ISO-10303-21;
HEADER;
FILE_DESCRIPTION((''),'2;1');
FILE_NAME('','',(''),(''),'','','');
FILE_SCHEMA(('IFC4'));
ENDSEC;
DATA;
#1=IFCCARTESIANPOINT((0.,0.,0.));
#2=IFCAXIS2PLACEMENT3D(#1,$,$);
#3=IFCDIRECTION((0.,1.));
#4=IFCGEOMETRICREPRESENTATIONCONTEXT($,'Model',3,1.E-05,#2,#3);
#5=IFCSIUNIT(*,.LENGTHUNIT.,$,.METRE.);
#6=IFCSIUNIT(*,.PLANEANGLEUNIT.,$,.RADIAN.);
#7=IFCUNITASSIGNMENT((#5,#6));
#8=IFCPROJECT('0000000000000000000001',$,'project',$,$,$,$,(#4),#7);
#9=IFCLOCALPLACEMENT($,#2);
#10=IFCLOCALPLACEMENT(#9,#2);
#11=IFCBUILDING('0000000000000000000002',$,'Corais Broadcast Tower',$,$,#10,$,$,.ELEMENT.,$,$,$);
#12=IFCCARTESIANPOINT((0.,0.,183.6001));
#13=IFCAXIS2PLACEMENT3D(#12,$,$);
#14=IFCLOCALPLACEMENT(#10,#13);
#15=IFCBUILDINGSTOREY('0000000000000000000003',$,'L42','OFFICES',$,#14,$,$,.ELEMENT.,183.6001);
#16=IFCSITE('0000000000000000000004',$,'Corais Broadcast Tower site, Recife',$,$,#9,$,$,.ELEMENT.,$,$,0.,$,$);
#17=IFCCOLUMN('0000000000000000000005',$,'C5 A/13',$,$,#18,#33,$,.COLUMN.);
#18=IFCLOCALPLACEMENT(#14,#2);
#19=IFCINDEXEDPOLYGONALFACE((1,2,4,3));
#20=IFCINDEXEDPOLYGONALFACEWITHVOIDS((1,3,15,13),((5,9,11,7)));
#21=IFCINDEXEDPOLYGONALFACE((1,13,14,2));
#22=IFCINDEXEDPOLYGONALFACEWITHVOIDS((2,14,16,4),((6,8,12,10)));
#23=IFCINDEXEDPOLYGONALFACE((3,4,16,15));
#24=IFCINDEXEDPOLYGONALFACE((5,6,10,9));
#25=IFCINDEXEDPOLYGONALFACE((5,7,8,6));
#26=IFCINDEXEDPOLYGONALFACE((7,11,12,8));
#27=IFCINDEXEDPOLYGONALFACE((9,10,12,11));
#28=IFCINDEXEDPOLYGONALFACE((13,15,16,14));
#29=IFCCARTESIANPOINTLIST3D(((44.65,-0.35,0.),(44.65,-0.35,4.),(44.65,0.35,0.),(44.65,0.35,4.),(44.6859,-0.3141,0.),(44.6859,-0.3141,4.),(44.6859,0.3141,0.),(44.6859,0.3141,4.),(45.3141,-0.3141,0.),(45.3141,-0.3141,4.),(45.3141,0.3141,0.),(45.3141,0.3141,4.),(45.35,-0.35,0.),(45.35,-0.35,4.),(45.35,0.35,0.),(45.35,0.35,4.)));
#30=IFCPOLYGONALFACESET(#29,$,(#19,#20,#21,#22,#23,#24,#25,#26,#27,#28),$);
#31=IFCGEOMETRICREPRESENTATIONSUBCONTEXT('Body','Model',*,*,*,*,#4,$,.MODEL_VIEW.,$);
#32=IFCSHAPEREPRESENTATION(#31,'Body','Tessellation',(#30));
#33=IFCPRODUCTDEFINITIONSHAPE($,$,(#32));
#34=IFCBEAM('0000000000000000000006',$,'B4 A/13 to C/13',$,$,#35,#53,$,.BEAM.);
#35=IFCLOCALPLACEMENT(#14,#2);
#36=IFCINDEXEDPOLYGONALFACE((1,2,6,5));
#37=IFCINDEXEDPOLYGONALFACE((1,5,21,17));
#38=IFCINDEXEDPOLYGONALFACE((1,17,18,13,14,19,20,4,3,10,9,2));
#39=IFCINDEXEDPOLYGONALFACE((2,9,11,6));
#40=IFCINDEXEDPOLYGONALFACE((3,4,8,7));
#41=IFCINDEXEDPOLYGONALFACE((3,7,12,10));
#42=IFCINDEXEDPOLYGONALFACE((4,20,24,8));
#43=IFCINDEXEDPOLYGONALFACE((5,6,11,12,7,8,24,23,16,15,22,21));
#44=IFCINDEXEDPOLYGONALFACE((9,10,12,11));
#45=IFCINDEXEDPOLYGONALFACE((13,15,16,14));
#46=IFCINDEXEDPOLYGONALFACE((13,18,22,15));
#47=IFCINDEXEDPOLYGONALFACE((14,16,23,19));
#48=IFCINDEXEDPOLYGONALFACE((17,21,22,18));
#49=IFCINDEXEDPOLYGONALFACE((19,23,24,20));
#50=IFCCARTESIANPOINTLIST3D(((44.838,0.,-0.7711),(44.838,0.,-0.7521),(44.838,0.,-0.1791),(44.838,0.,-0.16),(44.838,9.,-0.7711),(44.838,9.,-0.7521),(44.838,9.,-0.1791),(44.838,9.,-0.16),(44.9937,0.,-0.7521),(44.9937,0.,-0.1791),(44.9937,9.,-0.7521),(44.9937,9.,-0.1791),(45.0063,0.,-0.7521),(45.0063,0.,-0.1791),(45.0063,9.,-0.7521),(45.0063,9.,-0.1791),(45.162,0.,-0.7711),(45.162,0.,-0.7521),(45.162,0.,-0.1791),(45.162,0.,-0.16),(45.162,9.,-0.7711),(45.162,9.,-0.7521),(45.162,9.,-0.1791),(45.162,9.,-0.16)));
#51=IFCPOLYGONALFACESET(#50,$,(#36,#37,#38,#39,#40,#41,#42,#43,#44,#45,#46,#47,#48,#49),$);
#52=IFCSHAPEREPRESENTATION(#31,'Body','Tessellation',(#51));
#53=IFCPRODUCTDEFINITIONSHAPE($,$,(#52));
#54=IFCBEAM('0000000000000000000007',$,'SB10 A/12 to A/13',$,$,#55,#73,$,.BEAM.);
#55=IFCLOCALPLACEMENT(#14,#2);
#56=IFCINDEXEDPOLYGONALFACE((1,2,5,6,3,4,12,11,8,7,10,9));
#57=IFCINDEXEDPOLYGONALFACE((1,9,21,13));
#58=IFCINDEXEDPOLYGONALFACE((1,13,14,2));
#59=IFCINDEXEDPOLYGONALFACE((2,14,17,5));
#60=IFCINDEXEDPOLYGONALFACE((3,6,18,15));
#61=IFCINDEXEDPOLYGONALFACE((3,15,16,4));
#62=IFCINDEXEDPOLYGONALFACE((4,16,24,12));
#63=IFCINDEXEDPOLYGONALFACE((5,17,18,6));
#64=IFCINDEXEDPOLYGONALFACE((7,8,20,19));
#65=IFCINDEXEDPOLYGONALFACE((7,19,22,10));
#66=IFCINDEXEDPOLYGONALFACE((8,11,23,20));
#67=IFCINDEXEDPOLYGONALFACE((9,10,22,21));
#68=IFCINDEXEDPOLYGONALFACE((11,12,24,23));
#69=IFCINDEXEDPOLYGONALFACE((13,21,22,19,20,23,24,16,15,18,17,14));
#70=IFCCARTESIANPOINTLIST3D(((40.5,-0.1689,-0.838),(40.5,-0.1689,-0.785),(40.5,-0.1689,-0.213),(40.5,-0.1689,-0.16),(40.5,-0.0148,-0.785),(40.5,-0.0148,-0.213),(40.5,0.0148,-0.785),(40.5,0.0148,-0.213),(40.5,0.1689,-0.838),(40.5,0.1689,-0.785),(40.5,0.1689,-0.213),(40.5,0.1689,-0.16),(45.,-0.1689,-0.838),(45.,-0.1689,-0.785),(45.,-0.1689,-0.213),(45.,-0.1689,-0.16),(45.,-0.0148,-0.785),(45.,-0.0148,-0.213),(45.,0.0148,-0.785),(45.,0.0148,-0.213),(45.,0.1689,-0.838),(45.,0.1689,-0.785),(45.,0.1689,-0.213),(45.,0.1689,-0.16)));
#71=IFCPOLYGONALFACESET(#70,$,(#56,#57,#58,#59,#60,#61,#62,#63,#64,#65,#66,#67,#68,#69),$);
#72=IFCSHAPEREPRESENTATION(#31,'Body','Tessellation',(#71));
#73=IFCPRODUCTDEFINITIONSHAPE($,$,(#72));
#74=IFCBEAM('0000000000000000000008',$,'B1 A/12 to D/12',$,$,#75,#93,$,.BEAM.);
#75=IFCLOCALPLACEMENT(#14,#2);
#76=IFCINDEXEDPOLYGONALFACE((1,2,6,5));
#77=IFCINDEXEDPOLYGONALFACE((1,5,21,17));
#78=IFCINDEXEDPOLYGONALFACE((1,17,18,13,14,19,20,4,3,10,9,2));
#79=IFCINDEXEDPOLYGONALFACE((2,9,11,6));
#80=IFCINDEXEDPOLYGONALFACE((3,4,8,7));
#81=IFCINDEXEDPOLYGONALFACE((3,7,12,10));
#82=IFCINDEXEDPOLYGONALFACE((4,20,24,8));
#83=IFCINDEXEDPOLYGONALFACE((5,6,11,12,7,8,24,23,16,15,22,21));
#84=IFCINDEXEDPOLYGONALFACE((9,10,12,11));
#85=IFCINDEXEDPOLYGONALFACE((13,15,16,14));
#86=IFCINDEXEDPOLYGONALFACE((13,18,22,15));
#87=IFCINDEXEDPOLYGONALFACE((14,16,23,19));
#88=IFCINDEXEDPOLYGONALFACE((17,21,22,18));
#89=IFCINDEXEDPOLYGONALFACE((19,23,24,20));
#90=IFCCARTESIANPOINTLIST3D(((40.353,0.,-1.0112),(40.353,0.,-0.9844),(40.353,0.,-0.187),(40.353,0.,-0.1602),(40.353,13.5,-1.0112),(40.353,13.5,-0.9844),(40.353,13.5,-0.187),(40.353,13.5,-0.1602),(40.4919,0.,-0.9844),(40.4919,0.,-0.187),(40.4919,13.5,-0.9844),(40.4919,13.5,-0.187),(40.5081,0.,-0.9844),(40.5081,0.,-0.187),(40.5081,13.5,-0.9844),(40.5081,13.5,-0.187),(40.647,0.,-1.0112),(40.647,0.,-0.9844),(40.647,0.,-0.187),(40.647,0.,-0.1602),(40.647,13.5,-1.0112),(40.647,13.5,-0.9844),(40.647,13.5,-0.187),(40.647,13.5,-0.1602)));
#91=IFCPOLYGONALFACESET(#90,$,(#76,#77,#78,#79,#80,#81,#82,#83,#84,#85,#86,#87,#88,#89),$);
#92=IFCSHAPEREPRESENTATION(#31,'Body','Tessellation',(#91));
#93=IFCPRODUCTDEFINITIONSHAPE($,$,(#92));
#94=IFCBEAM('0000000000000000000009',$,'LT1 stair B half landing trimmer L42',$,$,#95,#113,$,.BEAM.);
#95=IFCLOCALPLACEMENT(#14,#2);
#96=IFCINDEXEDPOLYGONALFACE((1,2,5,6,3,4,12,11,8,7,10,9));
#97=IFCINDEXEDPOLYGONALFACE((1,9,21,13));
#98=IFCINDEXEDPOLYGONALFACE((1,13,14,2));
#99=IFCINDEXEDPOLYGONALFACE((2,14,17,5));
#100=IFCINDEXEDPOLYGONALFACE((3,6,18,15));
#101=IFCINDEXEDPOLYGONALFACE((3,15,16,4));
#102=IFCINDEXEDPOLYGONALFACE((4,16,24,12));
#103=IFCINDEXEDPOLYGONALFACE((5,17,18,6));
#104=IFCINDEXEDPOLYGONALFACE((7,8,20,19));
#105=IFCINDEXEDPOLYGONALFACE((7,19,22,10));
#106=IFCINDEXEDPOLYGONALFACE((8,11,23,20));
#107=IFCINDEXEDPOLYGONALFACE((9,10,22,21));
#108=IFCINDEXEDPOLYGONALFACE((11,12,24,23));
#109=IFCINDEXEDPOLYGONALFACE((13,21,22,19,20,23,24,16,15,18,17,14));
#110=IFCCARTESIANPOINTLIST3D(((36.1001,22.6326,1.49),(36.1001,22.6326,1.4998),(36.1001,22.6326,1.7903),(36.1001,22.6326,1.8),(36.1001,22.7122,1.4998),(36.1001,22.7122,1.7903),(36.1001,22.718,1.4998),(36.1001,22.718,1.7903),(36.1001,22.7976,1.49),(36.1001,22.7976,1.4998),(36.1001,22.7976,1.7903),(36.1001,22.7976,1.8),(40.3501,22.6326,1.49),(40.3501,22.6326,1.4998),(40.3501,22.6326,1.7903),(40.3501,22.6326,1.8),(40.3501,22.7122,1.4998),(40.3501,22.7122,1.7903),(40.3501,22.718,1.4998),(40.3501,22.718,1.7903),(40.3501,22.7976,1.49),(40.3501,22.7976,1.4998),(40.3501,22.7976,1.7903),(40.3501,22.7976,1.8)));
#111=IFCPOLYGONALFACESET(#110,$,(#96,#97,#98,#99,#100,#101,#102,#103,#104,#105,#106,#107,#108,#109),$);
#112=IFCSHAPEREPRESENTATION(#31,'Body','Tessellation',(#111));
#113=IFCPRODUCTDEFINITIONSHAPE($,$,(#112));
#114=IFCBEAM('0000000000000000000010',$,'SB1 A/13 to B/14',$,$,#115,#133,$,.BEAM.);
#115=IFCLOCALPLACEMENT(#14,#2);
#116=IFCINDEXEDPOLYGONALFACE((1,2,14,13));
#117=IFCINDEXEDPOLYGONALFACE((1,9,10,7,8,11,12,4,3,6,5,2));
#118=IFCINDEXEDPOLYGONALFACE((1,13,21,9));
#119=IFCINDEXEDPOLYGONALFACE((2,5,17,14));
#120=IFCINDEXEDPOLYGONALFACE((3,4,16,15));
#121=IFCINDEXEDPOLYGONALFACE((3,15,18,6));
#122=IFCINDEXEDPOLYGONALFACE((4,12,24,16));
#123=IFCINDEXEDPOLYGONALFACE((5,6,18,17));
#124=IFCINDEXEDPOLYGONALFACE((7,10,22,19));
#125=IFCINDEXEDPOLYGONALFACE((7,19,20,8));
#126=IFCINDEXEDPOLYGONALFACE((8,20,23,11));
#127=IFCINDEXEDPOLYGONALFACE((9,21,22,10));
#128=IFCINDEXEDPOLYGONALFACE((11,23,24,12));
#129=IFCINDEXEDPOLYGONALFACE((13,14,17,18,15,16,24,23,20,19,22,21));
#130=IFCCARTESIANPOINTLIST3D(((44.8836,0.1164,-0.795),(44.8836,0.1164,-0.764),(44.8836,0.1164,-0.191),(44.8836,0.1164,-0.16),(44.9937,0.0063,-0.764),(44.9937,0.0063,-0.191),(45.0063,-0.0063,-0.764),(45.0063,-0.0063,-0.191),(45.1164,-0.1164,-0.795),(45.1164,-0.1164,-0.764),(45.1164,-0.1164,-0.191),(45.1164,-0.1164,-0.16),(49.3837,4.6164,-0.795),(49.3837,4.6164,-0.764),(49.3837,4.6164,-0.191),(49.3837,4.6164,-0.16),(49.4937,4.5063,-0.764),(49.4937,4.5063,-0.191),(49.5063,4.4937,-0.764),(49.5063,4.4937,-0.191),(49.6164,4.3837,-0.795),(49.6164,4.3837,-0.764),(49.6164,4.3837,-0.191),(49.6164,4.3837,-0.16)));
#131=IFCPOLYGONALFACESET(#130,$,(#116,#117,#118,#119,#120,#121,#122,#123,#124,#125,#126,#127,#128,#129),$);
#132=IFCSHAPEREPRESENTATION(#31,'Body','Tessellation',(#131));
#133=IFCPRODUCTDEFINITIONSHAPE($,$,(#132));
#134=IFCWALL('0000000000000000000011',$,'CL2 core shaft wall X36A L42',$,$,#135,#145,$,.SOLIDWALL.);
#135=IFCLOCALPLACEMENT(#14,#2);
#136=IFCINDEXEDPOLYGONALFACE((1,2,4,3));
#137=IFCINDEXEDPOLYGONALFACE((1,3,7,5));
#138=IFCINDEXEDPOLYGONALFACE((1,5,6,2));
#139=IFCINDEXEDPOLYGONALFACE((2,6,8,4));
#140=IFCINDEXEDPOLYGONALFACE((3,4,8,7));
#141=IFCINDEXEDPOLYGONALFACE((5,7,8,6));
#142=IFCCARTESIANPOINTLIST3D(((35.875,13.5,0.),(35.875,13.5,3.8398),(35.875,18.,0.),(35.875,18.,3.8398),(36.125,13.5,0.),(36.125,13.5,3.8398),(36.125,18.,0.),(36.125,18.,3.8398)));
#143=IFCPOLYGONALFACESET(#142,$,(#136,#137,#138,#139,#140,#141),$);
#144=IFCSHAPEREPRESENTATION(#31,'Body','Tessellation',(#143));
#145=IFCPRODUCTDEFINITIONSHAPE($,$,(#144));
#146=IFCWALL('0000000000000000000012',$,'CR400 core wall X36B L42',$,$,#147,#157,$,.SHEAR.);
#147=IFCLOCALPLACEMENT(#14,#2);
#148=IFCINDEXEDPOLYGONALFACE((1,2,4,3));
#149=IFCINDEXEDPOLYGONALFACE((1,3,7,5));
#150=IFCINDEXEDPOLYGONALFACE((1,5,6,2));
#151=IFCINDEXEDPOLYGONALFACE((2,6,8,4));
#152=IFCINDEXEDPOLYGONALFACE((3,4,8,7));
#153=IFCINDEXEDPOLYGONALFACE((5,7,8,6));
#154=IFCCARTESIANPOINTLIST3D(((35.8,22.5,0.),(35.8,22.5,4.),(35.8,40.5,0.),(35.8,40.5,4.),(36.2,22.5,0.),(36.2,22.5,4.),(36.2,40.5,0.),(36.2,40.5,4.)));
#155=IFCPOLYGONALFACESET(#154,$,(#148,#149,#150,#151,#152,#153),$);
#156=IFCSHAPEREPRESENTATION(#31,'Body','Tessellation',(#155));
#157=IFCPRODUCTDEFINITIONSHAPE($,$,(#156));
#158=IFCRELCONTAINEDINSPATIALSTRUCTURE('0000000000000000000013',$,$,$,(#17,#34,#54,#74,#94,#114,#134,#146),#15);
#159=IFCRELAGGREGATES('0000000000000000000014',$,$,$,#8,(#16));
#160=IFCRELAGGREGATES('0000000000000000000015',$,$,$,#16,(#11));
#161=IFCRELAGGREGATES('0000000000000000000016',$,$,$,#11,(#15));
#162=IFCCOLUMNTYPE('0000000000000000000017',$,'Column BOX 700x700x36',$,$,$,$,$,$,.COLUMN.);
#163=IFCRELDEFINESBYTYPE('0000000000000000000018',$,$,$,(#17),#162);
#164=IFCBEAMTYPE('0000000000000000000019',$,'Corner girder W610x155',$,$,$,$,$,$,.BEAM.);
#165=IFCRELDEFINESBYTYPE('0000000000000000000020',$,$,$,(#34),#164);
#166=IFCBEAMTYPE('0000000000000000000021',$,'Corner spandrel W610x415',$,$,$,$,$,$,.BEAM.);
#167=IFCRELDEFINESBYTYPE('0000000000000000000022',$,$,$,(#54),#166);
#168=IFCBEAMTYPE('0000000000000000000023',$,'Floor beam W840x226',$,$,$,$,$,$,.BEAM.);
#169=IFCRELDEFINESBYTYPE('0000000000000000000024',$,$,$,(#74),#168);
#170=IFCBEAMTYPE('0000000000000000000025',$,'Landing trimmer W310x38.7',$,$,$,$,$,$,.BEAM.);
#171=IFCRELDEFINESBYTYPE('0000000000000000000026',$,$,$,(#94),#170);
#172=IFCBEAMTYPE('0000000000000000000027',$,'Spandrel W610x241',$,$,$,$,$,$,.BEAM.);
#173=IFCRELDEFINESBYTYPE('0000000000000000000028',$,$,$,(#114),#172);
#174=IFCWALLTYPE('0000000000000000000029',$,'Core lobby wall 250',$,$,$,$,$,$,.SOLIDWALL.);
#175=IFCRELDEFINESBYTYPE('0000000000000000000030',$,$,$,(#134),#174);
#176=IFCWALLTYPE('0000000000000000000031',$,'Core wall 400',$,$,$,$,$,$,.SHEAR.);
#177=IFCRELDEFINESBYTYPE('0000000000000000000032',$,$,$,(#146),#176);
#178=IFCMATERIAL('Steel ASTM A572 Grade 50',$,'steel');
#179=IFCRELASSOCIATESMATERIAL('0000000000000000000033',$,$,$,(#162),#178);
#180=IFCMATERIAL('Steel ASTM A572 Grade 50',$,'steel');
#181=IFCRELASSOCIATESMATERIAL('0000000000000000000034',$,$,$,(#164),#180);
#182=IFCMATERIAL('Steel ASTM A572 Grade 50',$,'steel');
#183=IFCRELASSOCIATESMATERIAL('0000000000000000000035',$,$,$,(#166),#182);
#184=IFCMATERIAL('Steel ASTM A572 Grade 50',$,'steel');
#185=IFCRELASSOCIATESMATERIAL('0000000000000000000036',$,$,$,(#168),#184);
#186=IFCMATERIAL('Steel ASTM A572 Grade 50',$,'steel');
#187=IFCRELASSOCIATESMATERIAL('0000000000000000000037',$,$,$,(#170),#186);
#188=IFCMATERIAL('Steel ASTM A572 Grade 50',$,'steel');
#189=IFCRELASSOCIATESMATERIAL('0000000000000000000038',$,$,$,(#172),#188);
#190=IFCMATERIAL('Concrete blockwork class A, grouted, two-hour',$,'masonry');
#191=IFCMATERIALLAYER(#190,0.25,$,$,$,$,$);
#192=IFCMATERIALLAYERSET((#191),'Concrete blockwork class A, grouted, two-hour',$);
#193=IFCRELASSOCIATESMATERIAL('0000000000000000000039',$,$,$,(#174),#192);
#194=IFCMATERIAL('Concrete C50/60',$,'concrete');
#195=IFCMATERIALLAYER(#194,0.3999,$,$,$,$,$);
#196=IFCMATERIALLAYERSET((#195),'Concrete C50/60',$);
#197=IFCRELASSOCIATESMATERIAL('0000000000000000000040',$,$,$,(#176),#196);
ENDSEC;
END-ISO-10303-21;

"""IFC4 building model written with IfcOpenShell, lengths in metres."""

from ifc_helpers import new_model, si_unit, direction, frame, frame_2d, origin, origin_2d, place, context, subcontext, project, spatial, rectangle, hollow_rectangle, i_section, extrude, material, layer, layer_set, material_profile, profile_set, type_object, element, save


model = new_model("IFC4")

# Units and contexts
model_context = context("Model", 3, precision=1e-05, world=origin(), true_north=direction((0.0, 1.0)))
body_context = subcontext(model_context, "Body", "Model", "MODEL_VIEW")
ifc_project = project(units=[si_unit("LENGTHUNIT", "METRE"), si_unit("PLANEANGLEUNIT", "RADIAN")], contexts=[model_context])

# Site, building, storey
site_placement = place(None, origin())
site = spatial("IfcSite", under=ifc_project, at=site_placement, Name="Corais Broadcast Tower site, Recife", CompositionType="ELEMENT", RefElevation=0.0)
building_placement = place(site_placement, origin())
building = spatial("IfcBuilding", under=site, at=building_placement, Name="Corais Broadcast Tower", CompositionType="ELEMENT")
storey_placement = place(building_placement, frame((0.0, 0.0, 183.6001)))
storey = spatial("IfcBuildingStorey", under=building, at=storey_placement, Name="L42", Description="OFFICES", CompositionType="ELEMENT", Elevation=183.6001)

# Column
ifc_material_1 = material(Name="Steel ASTM A572 Grade 50", Category="steel")
ifc_material_profile_1 = material_profile(ifc_material_1, hollow_rectangle(XDim=0.7, YDim=0.7, WallThickness=0.0359, at=origin_2d()), Name="BOX 700x700x36")
ifc_profile_set_1 = profile_set([ifc_material_profile_1], Name="Steel ASTM A572 Grade 50")
column_type = type_object("IfcColumnType", Name="Column BOX 700x700x36", PredefinedType="COLUMN", material=ifc_profile_set_1)
column_placement = place(storey_placement, frame((45.0, 0.0, 0.0), z_axis=(0.0, 0.0, 1.0), x_axis=(1.0, 0.0, 0.0)))
element("IfcColumn", 1, at=column_placement, inside=storey, type_object=column_type, Name="C5 A/13", PredefinedType="COLUMN", context=body_context, shape_type="SweptSolid", body=[
    extrude(hollow_rectangle(XDim=0.7, YDim=0.7, WallThickness=0.0359, at=origin_2d()), origin(), (0.0, 0.0, 1.0), 4.0),
])

# Beams
ifc_material_2 = material(Name="Steel ASTM A572 Grade 50", Category="steel")
ifc_material_profile_2 = material_profile(ifc_material_2, i_section(OverallWidth=0.324, OverallDepth=0.6111, WebThickness=0.0127, FlangeThickness=0.019, at=origin_2d()), Name="W610x155")
ifc_profile_set_2 = profile_set([ifc_material_profile_2], Name="Steel ASTM A572 Grade 50")
beam_type_1 = type_object("IfcBeamType", Name="Corner girder W610x155", PredefinedType="BEAM", material=ifc_profile_set_2)
beam_1_placement = place(storey_placement, frame((45.0, 0.0, -0.4656), z_axis=(0.0, 1.0, 0.0), x_axis=(-1.0, 0.0, 0.0)))
element("IfcBeam", 2, at=beam_1_placement, inside=storey, type_object=beam_type_1, Name="B4 A/13 to C/13", PredefinedType="BEAM", context=body_context, shape_type="SweptSolid", body=[
    extrude(i_section(OverallWidth=0.324, OverallDepth=0.6111, WebThickness=0.0127, FlangeThickness=0.019, at=origin_2d()), origin(), (0.0, 0.0, 1.0), 9.0),
])
ifc_material_3 = material(Name="Steel ASTM A572 Grade 50", Category="steel")
ifc_material_profile_3 = material_profile(ifc_material_3, i_section(OverallWidth=0.3379, OverallDepth=0.678, WebThickness=0.0295, FlangeThickness=0.053, at=origin_2d()), Name="W610x415")
ifc_profile_set_3 = profile_set([ifc_material_profile_3], Name="Steel ASTM A572 Grade 50")
beam_type_2 = type_object("IfcBeamType", Name="Corner spandrel W610x415", PredefinedType="BEAM", material=ifc_profile_set_3)
beam_2_placement = place(storey_placement, frame((40.5, 0.0, -0.499), z_axis=(1.0, 0.0, 0.0), x_axis=(0.0, 1.0, 0.0)))
element("IfcBeam", 3, at=beam_2_placement, inside=storey, type_object=beam_type_2, Name="SB10 A/12 to A/13", PredefinedType="BEAM", context=body_context, shape_type="SweptSolid", body=[
    extrude(i_section(OverallWidth=0.3379, OverallDepth=0.678, WebThickness=0.0295, FlangeThickness=0.053, at=origin_2d()), origin(), (0.0, 0.0, 1.0), 4.5),
])
ifc_material_4 = material(Name="Steel ASTM A572 Grade 50", Category="steel")
ifc_material_profile_4 = material_profile(ifc_material_4, i_section(OverallWidth=0.2939, OverallDepth=0.8511, WebThickness=0.0161, FlangeThickness=0.0269, at=origin_2d()), Name="W840x226")
ifc_profile_set_4 = profile_set([ifc_material_profile_4], Name="Steel ASTM A572 Grade 50")
beam_type_3 = type_object("IfcBeamType", Name="Floor beam W840x226", PredefinedType="BEAM", material=ifc_profile_set_4)
beam_3_placement = place(storey_placement, frame((40.5, 0.0, -0.5857), z_axis=(0.0, 1.0, 0.0), x_axis=(-1.0, 0.0, 0.0)))
element("IfcBeam", 4, at=beam_3_placement, inside=storey, type_object=beam_type_3, Name="B1 A/12 to D/12", PredefinedType="BEAM", context=body_context, shape_type="SweptSolid", body=[
    extrude(i_section(OverallWidth=0.2939, OverallDepth=0.8511, WebThickness=0.0161, FlangeThickness=0.0269, at=origin_2d()), origin(), (0.0, 0.0, 1.0), 13.5),
])
ifc_material_5 = material(Name="Steel ASTM A572 Grade 50", Category="steel")
ifc_material_profile_5 = material_profile(ifc_material_5, i_section(OverallWidth=0.165, OverallDepth=0.3101, WebThickness=0.0059, FlangeThickness=0.0098, at=origin_2d()), Name="W310x38.7")
ifc_profile_set_5 = profile_set([ifc_material_profile_5], Name="Steel ASTM A572 Grade 50")
beam_type_4 = type_object("IfcBeamType", Name="Landing trimmer W310x38.7", PredefinedType="BEAM", material=ifc_profile_set_5)
beam_4_placement = place(storey_placement, frame((36.1001, 22.7151, 1.645), z_axis=(1.0, 0.0, 0.0), x_axis=(0.0, 1.0, 0.0)))
element("IfcBeam", 5, at=beam_4_placement, inside=storey, type_object=beam_type_4, Name="LT1 stair B half landing trimmer L42", PredefinedType="BEAM", context=body_context, shape_type="SweptSolid", body=[
    extrude(i_section(OverallWidth=0.165, OverallDepth=0.3101, WebThickness=0.0059, FlangeThickness=0.0098, at=origin_2d()), origin(), (0.0, 0.0, 1.0), 4.25),
])
ifc_material_6 = material(Name="Steel ASTM A572 Grade 50", Category="steel")
ifc_material_profile_6 = material_profile(ifc_material_6, i_section(OverallWidth=0.3291, OverallDepth=0.635, WebThickness=0.0178, FlangeThickness=0.031, at=origin_2d()), Name="W610x241")
ifc_profile_set_6 = profile_set([ifc_material_profile_6], Name="Steel ASTM A572 Grade 50")
beam_type_5 = type_object("IfcBeamType", Name="Spandrel W610x241", PredefinedType="BEAM", material=ifc_profile_set_6)
beam_5_placement = place(storey_placement, frame((45.0, 0.0, -0.4775), z_axis=(0.707107, 0.707107, 0.0), x_axis=(-0.707107, 0.707107, 0.0)))
element("IfcBeam", 6, at=beam_5_placement, inside=storey, type_object=beam_type_5, Name="SB1 A/13 to B/14", PredefinedType="BEAM", context=body_context, shape_type="SweptSolid", body=[
    extrude(i_section(OverallWidth=0.3291, OverallDepth=0.635, WebThickness=0.0178, FlangeThickness=0.031, at=origin_2d()), origin(), (0.0, 0.0, 1.0), 6.364),
])

# Walls
ifc_material_7 = material(Name="Concrete blockwork class A, grouted, two-hour", Category="masonry")
ifc_layer_1 = layer(ifc_material_7, 0.25)
ifc_layer_set_1 = layer_set([ifc_layer_1], Name="Concrete blockwork class A, grouted, two-hour")
wall_type_1 = type_object("IfcWallType", Name="Core lobby wall 250", PredefinedType="SOLIDWALL", material=ifc_layer_set_1)
wall_1_placement = place(storey_placement, frame((36.0, 13.5, 0.0), z_axis=(0.0, 0.0, 1.0), x_axis=(0.0, 1.0, 0.0)))
element("IfcWall", 7, at=wall_1_placement, inside=storey, type_object=wall_type_1, Name="CL2 core shaft wall X36A L42", PredefinedType="SOLIDWALL", context=body_context, shape_type="SweptSolid", body=[
    extrude(rectangle(XDim=4.5, YDim=0.25, at=frame_2d((2.25, 0.0))), origin(), (0.0, 0.0, 1.0), 3.8398),
])
ifc_material_8 = material(Name="Concrete C50/60", Category="concrete")
ifc_layer_2 = layer(ifc_material_8, 0.3999)
ifc_layer_set_2 = layer_set([ifc_layer_2], Name="Concrete C50/60")
wall_type_2 = type_object("IfcWallType", Name="Core wall 400", PredefinedType="SHEAR", material=ifc_layer_set_2)
wall_2_placement = place(storey_placement, frame((36.0, 22.5, 0.0), z_axis=(0.0, 0.0, 1.0), x_axis=(0.0, 1.0, 0.0)))
element("IfcWall", 8, at=wall_2_placement, inside=storey, type_object=wall_type_2, Name="CR400 core wall X36B L42", PredefinedType="SHEAR", context=body_context, shape_type="SweptSolid", body=[
    extrude(rectangle(XDim=18.0, YDim=0.3999, at=frame_2d((9.0, 0.0))), origin(), (0.0, 0.0, 1.0), 4.0),
])

save(model, "model.ifc")
